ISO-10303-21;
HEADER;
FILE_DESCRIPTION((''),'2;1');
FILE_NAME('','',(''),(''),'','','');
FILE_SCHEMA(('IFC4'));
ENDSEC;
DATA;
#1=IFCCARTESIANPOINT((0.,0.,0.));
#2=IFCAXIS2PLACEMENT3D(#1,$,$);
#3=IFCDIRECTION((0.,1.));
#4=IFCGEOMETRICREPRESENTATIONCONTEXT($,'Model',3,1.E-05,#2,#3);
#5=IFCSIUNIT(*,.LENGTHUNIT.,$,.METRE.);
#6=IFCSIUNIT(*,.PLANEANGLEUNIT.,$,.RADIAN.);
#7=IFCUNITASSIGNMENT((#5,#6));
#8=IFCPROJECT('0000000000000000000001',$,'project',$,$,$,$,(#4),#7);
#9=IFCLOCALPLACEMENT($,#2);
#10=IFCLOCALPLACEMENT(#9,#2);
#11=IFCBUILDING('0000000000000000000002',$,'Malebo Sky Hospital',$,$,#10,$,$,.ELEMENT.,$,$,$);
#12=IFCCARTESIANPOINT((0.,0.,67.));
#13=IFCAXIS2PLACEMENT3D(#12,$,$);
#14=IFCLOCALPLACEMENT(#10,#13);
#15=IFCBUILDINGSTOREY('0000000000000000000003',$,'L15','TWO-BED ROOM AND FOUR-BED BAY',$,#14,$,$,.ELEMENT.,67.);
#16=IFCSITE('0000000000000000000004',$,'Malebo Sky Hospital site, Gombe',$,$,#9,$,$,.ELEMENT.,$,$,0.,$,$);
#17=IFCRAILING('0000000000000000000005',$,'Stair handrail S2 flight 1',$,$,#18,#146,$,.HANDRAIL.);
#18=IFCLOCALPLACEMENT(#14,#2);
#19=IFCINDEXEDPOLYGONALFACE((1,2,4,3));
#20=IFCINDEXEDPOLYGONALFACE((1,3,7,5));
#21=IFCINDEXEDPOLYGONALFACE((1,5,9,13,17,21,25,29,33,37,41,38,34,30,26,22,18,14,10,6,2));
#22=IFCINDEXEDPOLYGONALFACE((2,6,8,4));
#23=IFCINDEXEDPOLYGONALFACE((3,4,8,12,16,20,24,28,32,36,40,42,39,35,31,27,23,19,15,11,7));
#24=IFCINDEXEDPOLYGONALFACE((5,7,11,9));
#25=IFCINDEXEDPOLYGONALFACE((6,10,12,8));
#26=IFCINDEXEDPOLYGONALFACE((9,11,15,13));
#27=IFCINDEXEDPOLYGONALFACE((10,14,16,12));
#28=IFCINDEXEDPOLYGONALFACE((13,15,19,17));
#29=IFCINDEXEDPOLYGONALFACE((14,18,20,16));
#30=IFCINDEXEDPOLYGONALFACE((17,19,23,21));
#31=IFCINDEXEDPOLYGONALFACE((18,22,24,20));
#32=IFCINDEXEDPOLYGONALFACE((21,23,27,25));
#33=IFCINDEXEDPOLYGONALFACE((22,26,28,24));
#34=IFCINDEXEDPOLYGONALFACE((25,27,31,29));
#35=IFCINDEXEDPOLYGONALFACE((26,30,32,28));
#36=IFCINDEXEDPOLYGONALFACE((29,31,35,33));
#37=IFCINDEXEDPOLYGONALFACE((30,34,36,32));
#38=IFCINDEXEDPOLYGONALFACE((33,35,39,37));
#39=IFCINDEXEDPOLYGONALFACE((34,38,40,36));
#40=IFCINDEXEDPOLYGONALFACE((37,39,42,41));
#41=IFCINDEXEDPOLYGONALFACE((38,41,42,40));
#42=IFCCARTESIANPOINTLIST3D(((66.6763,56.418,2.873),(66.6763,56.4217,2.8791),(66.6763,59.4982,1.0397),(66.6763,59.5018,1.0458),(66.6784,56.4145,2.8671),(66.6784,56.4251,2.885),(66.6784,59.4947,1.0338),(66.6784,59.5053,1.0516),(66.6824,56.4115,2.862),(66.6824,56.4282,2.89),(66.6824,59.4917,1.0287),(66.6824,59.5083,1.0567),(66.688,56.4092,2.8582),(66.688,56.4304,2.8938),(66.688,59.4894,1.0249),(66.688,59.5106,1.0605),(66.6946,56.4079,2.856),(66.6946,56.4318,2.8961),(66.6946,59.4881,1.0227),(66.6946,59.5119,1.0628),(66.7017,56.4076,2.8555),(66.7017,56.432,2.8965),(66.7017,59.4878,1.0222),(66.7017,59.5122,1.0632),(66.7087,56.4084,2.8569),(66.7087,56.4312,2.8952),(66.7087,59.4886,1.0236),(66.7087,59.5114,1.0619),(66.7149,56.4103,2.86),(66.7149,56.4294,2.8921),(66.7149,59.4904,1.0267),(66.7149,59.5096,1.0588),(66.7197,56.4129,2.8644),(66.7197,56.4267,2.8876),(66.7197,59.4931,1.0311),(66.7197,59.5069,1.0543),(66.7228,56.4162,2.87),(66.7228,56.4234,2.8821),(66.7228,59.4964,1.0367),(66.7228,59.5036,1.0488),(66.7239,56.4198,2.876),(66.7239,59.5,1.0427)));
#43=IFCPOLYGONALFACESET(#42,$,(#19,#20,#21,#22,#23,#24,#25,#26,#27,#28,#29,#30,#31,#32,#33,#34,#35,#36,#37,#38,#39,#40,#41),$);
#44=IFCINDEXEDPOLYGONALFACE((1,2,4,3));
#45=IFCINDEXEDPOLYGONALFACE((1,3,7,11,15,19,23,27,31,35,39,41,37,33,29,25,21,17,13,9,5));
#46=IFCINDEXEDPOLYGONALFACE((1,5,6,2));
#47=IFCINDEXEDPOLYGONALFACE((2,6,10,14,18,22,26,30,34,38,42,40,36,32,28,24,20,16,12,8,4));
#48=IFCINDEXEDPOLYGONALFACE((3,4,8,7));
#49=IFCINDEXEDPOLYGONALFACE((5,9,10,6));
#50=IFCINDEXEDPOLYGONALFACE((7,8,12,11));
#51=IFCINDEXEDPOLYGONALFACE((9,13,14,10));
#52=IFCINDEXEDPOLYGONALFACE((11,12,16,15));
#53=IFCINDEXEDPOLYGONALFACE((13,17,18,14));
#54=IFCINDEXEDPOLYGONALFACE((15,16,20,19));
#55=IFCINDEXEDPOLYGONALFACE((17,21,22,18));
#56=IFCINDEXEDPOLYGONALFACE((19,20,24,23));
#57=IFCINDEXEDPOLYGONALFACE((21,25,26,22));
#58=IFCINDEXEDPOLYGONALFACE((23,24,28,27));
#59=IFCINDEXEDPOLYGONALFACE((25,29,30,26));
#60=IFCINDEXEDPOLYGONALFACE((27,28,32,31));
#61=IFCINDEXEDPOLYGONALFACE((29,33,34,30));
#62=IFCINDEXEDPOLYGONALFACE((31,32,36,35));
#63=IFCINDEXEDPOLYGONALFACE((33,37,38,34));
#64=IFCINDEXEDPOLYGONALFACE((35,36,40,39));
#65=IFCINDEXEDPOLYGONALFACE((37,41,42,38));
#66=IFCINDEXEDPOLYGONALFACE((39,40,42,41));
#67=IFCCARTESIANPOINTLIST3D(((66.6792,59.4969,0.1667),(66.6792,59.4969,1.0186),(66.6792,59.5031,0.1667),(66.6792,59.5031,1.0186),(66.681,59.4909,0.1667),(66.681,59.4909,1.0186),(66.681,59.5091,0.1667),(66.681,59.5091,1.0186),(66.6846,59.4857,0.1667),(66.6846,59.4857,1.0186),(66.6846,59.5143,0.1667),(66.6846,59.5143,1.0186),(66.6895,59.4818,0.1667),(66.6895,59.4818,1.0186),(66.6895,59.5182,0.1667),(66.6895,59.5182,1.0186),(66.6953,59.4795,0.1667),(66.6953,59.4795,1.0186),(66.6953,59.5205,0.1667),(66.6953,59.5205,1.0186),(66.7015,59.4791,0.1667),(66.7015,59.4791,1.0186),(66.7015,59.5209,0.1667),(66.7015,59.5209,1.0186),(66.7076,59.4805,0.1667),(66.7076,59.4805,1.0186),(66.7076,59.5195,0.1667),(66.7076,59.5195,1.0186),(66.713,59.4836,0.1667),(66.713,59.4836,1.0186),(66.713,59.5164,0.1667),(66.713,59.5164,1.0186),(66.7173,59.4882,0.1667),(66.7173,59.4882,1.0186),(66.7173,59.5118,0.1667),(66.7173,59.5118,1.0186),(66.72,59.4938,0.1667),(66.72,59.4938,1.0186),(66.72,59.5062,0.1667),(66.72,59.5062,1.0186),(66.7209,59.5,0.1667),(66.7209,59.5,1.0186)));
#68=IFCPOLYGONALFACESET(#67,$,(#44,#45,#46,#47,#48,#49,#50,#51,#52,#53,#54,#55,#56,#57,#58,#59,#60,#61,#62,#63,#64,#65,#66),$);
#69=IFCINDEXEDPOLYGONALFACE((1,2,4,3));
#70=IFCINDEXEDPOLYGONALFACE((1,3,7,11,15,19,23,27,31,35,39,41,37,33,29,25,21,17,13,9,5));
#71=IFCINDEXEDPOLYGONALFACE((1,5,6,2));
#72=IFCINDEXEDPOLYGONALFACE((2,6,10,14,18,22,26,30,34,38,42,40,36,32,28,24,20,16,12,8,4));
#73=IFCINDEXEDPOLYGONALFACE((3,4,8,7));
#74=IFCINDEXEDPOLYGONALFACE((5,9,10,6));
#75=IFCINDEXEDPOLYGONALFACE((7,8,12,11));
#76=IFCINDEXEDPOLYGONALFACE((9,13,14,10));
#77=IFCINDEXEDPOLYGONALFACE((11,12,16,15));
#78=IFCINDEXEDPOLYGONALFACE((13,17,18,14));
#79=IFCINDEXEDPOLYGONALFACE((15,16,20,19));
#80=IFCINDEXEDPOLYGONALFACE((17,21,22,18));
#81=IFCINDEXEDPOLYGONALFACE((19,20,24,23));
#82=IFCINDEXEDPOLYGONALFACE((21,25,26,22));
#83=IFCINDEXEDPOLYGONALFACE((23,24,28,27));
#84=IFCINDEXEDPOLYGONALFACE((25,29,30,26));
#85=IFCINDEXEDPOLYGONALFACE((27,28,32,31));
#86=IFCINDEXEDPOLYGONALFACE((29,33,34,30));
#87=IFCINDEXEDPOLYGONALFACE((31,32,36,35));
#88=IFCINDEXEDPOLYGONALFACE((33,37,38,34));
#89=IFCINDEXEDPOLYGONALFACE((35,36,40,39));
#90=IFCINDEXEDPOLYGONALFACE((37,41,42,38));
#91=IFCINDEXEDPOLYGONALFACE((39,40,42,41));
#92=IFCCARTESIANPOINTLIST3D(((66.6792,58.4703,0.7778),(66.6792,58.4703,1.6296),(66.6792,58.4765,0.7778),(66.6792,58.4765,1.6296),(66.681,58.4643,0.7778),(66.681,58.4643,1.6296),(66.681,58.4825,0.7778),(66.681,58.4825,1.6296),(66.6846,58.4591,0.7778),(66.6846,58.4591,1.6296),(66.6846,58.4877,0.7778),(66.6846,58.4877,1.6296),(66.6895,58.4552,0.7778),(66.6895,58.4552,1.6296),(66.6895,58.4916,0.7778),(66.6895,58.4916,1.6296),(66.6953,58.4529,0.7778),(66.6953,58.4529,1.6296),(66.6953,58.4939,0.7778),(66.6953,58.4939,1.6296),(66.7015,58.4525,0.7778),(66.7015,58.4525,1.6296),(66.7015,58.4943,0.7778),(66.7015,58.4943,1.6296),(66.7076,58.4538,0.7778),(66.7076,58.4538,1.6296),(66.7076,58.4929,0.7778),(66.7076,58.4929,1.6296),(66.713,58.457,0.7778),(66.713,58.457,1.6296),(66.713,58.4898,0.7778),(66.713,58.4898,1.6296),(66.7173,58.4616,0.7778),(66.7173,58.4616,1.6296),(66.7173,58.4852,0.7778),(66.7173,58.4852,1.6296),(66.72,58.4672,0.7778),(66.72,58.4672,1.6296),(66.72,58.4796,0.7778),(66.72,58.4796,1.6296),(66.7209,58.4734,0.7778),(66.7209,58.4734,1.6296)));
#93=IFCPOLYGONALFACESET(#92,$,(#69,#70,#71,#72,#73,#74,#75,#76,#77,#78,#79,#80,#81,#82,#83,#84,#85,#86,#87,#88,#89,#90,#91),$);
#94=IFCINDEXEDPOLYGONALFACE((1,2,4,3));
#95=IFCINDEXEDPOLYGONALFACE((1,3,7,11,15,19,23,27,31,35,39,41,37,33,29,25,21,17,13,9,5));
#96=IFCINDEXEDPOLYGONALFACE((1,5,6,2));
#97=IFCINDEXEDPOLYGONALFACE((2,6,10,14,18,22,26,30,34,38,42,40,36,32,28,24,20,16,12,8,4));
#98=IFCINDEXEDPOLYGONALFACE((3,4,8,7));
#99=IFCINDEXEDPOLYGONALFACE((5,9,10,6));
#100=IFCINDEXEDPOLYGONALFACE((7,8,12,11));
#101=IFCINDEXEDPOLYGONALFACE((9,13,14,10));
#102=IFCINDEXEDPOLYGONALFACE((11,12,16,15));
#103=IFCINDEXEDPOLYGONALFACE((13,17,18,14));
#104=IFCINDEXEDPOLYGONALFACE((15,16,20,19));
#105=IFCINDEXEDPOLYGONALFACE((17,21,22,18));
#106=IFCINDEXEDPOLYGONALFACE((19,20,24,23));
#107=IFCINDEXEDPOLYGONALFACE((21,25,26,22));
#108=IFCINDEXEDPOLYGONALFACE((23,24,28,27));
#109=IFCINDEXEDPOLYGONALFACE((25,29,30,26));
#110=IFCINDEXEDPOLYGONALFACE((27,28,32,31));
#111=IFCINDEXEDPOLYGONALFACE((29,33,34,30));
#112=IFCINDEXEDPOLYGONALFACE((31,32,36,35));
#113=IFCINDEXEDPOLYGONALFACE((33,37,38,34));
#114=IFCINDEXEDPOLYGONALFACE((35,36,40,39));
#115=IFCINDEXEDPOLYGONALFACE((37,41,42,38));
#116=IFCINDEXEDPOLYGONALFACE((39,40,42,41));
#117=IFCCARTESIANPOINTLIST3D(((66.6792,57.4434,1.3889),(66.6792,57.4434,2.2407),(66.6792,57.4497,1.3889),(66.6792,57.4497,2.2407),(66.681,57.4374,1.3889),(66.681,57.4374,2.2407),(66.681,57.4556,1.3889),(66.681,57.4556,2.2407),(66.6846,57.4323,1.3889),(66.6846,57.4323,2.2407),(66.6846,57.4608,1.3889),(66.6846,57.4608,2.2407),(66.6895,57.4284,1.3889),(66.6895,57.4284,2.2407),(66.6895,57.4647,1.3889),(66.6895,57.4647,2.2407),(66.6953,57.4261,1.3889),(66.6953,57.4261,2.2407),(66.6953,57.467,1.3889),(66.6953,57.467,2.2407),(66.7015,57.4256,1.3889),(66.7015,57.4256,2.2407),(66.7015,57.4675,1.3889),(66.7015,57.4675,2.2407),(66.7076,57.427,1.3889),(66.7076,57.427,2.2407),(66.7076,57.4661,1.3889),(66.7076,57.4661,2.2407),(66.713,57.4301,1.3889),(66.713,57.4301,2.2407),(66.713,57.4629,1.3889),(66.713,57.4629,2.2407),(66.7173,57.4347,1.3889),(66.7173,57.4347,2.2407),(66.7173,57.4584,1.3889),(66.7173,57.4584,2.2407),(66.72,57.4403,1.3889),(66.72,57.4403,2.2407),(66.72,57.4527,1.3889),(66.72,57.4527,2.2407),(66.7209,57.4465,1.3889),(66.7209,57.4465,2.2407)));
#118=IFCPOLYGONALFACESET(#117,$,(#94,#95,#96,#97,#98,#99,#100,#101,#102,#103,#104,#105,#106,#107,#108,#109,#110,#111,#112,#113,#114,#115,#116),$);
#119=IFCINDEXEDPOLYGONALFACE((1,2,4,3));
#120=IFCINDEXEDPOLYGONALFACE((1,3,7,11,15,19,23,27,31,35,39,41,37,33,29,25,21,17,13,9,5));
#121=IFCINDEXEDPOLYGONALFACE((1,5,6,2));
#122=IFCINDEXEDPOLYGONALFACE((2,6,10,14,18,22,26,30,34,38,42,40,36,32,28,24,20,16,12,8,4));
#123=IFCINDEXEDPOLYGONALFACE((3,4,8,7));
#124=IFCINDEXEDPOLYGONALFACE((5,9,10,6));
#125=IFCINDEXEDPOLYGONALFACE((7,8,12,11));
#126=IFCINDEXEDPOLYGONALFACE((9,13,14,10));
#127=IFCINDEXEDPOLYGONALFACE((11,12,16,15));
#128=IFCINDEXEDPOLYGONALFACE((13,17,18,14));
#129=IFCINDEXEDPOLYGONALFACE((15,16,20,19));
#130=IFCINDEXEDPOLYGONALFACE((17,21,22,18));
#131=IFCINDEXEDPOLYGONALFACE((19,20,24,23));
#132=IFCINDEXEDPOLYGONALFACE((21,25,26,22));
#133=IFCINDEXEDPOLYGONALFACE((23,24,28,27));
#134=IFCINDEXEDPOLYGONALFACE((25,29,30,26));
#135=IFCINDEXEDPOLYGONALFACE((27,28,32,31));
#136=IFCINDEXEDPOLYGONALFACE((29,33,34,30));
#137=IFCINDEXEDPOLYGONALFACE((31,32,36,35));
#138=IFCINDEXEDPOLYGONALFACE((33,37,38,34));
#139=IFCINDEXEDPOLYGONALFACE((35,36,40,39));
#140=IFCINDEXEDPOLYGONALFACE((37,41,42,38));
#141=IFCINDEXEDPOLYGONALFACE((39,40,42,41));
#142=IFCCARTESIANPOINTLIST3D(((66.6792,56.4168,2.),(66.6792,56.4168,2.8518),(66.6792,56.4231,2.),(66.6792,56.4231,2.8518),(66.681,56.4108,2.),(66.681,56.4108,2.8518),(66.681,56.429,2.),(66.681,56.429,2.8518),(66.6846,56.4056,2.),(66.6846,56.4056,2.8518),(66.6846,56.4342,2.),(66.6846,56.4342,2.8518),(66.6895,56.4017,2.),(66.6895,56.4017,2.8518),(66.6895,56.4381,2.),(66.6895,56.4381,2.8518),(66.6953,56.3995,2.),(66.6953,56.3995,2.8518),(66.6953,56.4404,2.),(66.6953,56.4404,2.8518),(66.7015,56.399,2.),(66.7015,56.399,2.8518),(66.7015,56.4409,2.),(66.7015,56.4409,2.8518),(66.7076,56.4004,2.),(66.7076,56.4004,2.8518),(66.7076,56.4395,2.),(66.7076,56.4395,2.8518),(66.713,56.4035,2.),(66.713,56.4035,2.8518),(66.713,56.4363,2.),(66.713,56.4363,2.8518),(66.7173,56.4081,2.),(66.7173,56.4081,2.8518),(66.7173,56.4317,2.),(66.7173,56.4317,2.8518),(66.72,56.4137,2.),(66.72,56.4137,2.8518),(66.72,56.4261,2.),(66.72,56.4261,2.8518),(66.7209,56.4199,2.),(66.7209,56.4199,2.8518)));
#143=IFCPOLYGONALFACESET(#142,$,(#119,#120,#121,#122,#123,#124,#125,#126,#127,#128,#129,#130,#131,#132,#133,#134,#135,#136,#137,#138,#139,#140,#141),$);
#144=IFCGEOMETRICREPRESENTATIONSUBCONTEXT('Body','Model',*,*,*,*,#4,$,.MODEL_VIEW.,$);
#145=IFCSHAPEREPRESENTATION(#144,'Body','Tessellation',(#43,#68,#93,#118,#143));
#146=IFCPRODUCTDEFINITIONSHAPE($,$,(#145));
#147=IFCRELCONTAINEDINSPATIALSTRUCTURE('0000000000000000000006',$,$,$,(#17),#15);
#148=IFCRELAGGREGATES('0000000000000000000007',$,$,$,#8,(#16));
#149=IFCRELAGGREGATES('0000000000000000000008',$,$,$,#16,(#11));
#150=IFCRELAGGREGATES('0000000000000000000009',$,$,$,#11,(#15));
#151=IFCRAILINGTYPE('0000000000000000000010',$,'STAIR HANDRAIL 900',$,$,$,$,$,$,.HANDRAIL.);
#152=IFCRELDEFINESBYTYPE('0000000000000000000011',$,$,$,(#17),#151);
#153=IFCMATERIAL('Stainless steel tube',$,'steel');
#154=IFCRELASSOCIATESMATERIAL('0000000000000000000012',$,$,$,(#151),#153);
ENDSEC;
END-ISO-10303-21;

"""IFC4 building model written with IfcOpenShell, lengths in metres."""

from ifc_helpers import new_model, si_unit, direction, frame, origin, origin_2d, place, context, subcontext, project, spatial, circle, extrude, material, type_object, element, save


model = new_model("IFC4")

# Units and contexts
model_context = context("Model", 3, precision=1e-05, world=origin(), true_north=direction((0.0, 1.0)))
body_context = subcontext(model_context, "Body", "Model", "MODEL_VIEW")
ifc_project = project(units=[si_unit("LENGTHUNIT", "METRE"), si_unit("PLANEANGLEUNIT", "RADIAN")], contexts=[model_context])

# Site, building, storey
site_placement = place(None, origin())
site = spatial("IfcSite", under=ifc_project, at=site_placement, Name="Malebo Sky Hospital site, Gombe", CompositionType="ELEMENT", RefElevation=0.0)
building_placement = place(site_placement, origin())
building = spatial("IfcBuilding", under=site, at=building_placement, Name="Malebo Sky Hospital", CompositionType="ELEMENT")
storey_placement = place(building_placement, frame((0.0, 0.0, 67.0)))
storey = spatial("IfcBuildingStorey", under=building, at=storey_placement, Name="L15", Description="TWO-BED ROOM AND FOUR-BED BAY", CompositionType="ELEMENT", Elevation=67.0)

# Railing
ifc_material_1 = material(Name="Stainless steel tube", Category="steel")
railing_type = type_object("IfcRailingType", Name="STAIR HANDRAIL 900", PredefinedType="HANDRAIL", material=ifc_material_1)
railing_1_placement = place(storey_placement, frame((66.7, 59.5, 0.1667)))
element("IfcRailing", 1, at=railing_1_placement, inside=storey, type_object=railing_type, Name="Stair handrail S2 flight 1", PredefinedType="HANDRAIL", context=body_context, shape_type="SweptSolid", body=[
    extrude(circle(Radius=0.0239, at=origin_2d()), frame((0.0, 0.0, 0.876), z_axis=(0.0, -0.859309, 0.511458), x_axis=(1.0, 0.0, 0.0)), (0.0, 0.0, 1.0), 3.5845),
    extrude(circle(Radius=0.021, at=origin_2d()), origin(), (0.0, 0.0, 1.0), 0.8518),
    extrude(circle(Radius=0.021, at=origin_2d()), frame((0.0, -1.0266, 0.6111)), (0.0, 0.0, 1.0), 0.8518),
    extrude(circle(Radius=0.021, at=origin_2d()), frame((0.0, -2.0535, 1.2222)), (0.0, 0.0, 1.0), 0.8518),
    extrude(circle(Radius=0.021, at=origin_2d()), frame((0.0, -3.0801, 1.8333)), (0.0, 0.0, 1.0), 0.8518),
])

save(model, "model.ifc")
